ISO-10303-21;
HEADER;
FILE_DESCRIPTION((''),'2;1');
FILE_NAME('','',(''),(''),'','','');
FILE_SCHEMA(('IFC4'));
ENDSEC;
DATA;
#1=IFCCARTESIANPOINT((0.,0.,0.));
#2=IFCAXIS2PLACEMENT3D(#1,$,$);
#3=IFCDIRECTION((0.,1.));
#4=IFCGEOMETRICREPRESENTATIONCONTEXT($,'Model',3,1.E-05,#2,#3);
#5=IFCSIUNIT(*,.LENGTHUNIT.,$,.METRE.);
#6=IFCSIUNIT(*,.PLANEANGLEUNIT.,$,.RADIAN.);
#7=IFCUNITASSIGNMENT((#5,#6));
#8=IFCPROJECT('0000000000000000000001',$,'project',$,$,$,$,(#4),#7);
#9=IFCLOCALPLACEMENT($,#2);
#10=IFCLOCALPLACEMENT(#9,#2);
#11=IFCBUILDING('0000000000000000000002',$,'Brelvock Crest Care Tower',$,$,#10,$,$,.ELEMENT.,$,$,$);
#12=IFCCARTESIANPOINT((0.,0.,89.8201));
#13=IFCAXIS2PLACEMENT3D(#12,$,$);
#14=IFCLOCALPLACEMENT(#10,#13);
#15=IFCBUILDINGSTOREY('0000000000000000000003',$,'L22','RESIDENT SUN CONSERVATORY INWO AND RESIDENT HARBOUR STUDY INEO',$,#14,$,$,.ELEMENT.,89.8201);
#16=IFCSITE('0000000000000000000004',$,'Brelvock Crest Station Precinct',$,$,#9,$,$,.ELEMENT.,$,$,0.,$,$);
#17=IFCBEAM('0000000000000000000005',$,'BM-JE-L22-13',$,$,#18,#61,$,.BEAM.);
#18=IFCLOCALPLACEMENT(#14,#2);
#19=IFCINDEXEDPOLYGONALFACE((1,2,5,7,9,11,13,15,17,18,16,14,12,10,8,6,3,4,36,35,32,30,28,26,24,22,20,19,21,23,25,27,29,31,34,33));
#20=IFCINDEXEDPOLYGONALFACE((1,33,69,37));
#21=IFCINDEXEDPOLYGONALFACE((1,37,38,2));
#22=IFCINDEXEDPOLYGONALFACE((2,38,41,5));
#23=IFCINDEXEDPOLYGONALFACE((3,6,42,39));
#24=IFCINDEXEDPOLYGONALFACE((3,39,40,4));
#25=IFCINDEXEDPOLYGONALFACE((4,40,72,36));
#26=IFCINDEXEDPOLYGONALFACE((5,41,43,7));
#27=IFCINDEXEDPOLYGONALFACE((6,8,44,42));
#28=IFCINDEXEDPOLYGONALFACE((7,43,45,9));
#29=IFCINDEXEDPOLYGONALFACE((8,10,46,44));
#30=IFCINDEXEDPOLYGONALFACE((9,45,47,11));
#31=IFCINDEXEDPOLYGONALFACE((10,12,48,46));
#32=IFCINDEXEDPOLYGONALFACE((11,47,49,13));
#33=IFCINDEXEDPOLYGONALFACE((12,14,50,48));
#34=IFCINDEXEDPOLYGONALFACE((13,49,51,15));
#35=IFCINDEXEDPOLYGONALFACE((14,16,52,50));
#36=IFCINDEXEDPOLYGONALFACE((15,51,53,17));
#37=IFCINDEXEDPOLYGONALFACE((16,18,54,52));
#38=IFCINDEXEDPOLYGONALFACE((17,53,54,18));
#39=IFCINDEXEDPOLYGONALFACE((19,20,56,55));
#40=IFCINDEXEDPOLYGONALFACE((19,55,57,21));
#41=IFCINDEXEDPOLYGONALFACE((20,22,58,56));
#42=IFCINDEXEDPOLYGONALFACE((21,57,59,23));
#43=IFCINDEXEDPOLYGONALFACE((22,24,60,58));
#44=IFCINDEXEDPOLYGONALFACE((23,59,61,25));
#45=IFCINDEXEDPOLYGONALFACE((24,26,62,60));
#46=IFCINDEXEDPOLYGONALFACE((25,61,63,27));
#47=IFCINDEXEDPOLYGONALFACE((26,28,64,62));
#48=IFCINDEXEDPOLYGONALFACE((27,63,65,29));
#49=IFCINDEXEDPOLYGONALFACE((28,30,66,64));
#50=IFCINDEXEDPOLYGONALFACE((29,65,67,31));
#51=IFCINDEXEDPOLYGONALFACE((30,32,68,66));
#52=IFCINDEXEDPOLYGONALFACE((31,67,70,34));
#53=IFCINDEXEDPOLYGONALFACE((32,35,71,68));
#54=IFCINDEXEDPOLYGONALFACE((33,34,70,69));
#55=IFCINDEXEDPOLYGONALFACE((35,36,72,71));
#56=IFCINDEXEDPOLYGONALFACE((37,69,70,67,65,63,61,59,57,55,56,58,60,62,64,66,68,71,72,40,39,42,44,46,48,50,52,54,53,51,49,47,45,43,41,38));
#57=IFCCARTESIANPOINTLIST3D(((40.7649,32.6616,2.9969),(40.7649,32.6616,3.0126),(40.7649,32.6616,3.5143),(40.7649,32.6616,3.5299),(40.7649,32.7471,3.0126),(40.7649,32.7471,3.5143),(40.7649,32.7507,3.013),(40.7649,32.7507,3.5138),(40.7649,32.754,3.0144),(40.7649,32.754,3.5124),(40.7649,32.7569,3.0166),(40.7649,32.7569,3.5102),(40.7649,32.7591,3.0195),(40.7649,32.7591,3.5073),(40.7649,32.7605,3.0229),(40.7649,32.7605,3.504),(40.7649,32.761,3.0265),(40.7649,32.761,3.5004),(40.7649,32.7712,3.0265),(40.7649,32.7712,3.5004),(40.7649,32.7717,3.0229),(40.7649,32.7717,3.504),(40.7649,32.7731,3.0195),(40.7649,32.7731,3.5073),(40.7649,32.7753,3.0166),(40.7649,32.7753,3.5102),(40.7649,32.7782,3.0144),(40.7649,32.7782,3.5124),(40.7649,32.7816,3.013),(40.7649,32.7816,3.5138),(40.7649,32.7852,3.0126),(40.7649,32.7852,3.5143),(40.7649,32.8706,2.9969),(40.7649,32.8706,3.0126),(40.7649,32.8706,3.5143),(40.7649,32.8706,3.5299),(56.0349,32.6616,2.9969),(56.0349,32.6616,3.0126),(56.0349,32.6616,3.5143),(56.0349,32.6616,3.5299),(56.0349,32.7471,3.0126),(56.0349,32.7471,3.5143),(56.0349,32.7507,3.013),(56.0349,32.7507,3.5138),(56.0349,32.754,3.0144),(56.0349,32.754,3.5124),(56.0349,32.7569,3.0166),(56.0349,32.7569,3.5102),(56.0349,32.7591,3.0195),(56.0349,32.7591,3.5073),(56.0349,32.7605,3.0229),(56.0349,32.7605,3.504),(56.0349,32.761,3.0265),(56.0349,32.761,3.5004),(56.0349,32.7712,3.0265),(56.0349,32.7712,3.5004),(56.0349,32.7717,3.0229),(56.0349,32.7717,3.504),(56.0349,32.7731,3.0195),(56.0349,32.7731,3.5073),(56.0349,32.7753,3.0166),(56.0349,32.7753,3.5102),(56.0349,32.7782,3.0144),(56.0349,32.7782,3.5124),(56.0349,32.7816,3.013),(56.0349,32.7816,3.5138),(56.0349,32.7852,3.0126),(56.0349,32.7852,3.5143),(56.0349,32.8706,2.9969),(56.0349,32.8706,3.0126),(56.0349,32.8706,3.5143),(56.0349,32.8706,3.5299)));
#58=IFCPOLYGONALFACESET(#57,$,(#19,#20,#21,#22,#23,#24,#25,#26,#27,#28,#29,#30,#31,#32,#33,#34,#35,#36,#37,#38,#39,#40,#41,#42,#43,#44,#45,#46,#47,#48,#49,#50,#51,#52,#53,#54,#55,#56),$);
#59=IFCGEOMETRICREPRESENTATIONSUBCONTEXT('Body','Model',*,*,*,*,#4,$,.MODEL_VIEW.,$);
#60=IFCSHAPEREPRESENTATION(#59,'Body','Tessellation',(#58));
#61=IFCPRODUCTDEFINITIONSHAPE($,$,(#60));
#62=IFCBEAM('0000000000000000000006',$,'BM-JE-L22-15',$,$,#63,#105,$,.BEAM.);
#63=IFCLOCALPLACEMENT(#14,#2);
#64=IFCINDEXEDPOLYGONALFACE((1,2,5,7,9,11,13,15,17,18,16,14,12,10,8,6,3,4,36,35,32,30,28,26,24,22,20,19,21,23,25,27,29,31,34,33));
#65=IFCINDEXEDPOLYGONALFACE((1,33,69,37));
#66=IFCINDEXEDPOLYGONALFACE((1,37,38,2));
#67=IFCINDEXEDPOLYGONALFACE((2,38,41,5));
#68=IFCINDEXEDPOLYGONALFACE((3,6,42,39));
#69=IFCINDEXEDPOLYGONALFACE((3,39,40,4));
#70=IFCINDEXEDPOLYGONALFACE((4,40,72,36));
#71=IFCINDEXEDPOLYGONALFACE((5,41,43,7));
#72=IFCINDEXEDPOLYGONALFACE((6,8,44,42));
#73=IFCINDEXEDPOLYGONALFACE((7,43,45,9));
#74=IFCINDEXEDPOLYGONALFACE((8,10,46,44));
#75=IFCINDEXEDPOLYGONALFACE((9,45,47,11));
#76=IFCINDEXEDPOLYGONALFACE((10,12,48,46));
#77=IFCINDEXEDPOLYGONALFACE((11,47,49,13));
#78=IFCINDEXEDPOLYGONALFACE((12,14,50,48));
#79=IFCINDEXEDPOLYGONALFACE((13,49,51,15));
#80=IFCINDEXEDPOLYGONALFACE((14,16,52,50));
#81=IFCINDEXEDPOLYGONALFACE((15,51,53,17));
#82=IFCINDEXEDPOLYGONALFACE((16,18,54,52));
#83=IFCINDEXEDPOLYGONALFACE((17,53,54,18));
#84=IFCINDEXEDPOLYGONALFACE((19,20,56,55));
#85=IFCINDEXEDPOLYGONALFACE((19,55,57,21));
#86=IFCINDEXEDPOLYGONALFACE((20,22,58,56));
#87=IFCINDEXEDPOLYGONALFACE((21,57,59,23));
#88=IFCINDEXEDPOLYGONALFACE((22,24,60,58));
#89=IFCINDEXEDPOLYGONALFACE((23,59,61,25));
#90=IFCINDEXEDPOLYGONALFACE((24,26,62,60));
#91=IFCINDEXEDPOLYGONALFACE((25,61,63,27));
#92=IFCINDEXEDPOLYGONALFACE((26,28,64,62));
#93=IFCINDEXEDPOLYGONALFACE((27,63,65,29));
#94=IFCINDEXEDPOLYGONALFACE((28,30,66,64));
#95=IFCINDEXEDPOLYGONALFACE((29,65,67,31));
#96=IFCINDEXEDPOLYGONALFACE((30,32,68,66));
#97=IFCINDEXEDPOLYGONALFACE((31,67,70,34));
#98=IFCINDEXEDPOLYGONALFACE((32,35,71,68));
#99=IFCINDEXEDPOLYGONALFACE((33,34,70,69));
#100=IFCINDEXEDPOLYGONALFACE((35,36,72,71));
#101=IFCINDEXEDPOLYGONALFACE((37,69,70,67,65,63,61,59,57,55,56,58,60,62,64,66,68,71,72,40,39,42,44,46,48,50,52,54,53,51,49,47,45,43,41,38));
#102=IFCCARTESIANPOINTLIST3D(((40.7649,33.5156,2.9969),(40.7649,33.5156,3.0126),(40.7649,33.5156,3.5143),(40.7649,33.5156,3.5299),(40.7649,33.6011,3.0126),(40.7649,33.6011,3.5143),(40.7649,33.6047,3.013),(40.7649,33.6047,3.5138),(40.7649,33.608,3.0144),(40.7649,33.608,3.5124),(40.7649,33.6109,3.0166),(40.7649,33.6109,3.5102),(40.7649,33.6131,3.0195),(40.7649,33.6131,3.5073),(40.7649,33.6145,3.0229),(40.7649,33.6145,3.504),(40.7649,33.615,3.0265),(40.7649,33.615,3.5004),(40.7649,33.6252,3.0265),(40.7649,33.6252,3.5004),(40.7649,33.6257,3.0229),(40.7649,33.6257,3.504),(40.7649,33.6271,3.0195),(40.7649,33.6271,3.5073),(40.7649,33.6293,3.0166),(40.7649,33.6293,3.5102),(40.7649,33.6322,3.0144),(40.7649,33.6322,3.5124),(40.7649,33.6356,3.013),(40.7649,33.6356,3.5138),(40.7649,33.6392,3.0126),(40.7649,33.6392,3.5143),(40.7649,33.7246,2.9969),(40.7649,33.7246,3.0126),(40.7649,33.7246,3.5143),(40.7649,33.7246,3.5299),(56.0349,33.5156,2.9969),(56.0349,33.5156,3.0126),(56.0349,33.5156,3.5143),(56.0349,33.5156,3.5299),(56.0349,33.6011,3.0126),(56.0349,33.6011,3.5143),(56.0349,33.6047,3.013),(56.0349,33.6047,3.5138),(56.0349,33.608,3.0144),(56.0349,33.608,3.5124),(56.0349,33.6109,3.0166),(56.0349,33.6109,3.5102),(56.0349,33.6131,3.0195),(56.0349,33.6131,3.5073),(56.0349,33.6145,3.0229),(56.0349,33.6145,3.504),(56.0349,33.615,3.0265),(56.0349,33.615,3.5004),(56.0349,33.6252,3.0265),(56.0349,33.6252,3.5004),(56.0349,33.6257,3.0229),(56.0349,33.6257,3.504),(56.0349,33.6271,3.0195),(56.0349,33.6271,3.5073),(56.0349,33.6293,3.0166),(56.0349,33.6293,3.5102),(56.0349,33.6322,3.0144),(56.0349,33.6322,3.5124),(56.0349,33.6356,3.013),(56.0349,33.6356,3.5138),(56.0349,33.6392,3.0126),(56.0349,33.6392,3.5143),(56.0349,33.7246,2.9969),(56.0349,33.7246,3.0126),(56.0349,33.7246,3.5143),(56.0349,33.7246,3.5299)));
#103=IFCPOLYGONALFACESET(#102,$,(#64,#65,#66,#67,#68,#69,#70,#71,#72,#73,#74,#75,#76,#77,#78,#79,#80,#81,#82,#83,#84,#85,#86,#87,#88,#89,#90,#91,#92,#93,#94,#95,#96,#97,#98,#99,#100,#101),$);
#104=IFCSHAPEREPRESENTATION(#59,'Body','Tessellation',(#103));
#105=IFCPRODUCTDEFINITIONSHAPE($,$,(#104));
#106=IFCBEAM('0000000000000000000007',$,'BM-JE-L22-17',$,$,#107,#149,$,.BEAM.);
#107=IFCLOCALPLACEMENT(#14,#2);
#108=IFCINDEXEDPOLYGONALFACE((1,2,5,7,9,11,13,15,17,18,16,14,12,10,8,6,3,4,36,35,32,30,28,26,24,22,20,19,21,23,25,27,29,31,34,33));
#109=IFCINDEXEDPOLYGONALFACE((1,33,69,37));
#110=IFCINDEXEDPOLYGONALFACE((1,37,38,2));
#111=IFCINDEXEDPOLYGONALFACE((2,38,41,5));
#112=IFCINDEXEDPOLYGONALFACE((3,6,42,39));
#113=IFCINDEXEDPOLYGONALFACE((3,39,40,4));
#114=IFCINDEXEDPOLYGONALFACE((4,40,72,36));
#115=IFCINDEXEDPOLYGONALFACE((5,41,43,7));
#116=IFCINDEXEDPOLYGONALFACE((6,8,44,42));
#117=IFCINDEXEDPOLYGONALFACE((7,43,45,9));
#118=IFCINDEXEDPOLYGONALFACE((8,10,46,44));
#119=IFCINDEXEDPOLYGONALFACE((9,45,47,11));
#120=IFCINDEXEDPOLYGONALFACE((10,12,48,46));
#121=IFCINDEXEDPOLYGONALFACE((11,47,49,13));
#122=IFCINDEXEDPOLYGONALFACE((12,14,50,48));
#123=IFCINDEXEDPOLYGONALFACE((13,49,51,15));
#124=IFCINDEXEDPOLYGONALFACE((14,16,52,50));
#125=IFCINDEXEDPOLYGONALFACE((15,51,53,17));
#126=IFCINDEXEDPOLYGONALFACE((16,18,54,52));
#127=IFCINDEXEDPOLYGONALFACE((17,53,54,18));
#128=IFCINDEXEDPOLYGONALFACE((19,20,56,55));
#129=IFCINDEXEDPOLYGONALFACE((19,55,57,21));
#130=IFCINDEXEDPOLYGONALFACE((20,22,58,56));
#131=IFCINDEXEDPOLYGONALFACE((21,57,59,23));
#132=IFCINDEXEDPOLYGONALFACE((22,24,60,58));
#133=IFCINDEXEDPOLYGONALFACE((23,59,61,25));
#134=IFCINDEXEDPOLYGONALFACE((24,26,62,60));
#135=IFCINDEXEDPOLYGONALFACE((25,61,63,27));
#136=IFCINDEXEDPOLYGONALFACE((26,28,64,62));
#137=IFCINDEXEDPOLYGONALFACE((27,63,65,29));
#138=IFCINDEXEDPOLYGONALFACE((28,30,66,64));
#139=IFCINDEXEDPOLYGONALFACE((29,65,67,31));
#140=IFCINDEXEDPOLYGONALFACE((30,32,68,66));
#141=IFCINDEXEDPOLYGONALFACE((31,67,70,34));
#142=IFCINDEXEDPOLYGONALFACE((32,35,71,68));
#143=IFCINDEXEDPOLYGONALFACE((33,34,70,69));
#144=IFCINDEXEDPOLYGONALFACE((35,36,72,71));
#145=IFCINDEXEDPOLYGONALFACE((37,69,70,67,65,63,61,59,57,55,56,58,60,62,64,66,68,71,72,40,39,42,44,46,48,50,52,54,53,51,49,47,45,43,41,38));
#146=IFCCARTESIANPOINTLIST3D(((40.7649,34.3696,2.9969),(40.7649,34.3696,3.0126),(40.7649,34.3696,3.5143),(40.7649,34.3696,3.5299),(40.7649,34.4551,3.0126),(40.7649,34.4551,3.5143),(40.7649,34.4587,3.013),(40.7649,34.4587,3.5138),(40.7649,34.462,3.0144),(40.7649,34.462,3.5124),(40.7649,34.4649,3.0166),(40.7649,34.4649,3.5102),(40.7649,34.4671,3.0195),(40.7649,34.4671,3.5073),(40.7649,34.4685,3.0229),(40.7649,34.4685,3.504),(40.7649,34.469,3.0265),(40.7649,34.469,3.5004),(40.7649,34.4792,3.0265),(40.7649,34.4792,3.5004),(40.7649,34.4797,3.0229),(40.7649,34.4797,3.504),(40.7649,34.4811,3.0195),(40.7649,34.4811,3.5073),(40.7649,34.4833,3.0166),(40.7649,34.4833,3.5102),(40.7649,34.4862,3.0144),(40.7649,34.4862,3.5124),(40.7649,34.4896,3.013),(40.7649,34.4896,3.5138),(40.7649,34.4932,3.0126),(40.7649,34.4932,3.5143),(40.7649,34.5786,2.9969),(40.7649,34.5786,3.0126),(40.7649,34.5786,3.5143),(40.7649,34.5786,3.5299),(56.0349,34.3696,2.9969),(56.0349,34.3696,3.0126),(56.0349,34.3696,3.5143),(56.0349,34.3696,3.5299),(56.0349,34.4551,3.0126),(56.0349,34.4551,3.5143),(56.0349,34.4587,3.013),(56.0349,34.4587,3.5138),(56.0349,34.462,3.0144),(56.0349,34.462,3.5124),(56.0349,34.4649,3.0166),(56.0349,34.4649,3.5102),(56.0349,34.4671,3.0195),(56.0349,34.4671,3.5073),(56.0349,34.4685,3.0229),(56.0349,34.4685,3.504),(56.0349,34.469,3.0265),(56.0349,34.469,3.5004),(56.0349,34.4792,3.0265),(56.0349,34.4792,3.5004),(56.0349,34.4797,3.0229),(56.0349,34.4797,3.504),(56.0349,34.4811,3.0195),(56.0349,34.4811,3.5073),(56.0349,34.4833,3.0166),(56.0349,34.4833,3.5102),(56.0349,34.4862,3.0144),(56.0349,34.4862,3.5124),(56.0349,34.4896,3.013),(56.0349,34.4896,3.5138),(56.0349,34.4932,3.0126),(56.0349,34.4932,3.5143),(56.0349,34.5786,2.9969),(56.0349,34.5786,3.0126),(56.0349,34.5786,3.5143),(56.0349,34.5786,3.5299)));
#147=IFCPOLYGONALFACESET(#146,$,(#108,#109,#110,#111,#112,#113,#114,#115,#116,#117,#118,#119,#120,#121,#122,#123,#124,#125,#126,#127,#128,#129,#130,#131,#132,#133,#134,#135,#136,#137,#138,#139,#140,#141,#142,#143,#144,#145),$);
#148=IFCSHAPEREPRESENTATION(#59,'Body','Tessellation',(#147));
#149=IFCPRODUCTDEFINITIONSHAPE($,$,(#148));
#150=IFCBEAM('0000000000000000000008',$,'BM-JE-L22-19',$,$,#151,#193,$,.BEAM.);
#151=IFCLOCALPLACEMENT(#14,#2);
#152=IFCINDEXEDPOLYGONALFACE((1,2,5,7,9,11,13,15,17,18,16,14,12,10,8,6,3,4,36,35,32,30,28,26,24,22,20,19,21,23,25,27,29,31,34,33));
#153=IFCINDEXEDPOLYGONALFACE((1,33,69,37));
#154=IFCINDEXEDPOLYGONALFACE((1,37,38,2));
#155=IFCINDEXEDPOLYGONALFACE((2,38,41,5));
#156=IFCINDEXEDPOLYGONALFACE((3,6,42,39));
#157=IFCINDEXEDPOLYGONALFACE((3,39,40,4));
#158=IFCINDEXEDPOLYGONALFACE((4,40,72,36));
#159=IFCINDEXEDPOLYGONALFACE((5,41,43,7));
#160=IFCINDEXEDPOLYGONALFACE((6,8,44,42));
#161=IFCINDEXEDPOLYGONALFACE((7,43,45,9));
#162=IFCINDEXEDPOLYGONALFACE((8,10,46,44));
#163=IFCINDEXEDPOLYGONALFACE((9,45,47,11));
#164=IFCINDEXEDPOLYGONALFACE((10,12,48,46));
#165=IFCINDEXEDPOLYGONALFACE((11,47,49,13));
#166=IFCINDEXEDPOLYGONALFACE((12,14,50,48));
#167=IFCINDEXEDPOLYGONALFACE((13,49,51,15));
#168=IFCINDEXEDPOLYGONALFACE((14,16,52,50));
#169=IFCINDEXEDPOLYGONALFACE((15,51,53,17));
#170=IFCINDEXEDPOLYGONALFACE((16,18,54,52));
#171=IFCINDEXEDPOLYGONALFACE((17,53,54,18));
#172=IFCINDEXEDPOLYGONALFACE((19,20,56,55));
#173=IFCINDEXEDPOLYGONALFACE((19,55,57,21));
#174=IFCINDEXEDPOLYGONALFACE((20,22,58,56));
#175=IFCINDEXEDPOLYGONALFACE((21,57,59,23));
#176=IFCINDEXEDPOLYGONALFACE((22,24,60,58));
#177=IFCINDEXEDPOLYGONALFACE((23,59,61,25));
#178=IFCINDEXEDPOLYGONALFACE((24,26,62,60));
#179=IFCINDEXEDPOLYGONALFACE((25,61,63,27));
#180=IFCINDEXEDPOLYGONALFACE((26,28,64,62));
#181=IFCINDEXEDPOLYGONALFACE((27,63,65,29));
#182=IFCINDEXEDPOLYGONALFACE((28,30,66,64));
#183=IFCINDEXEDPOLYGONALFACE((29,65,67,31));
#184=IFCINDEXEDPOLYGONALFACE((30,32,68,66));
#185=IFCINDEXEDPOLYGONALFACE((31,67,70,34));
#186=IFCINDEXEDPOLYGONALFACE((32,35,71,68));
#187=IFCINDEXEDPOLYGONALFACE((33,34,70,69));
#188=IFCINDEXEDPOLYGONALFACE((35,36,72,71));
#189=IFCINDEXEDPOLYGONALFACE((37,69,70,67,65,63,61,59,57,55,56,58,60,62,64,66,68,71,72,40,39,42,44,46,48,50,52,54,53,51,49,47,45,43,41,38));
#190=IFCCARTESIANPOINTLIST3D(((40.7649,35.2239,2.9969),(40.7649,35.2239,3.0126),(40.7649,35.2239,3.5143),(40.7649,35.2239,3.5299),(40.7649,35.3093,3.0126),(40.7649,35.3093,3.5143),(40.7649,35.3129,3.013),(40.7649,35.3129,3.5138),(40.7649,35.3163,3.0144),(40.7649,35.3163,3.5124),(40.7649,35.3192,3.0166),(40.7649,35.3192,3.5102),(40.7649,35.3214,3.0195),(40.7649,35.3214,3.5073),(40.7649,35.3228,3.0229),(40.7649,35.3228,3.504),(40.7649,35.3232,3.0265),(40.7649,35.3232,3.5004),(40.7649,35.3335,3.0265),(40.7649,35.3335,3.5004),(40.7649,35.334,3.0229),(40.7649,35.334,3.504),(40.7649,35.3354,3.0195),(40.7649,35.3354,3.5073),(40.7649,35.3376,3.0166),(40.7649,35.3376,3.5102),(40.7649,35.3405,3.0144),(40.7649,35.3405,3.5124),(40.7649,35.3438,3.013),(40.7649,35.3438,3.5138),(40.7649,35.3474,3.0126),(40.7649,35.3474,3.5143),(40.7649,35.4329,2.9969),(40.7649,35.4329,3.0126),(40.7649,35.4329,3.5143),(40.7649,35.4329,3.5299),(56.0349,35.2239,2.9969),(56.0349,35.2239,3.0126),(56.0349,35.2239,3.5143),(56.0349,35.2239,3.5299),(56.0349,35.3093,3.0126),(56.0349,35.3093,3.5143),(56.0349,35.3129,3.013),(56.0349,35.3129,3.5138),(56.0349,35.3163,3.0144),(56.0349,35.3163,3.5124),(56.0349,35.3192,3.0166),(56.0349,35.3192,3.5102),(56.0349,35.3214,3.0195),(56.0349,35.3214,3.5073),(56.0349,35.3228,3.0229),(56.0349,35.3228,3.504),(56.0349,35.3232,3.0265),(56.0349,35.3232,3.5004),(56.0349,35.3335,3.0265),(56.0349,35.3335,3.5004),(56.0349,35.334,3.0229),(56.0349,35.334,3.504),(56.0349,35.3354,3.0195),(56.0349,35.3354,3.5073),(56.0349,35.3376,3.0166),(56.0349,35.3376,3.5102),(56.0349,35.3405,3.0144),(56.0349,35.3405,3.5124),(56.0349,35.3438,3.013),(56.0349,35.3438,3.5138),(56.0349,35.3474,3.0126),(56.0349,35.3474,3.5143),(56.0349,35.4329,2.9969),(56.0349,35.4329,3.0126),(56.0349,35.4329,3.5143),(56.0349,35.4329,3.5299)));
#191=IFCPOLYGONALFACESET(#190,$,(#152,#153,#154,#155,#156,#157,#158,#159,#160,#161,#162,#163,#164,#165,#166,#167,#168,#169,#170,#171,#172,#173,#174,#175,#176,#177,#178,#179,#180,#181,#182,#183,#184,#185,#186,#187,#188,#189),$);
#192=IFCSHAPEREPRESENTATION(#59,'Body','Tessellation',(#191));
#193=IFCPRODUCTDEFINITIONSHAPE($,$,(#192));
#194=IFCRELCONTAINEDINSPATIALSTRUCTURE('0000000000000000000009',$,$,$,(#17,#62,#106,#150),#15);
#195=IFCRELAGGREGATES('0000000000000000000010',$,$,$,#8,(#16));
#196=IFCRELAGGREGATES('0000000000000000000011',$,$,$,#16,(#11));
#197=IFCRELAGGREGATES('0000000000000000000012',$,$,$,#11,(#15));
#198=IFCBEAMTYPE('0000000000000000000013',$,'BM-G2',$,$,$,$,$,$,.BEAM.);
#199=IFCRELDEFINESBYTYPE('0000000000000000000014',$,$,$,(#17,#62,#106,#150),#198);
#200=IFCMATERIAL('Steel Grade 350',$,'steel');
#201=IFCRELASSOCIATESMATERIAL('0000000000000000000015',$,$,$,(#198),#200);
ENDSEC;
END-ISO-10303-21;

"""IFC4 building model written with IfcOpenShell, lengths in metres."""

from ifc_helpers import new_model, si_unit, direction, frame, origin, origin_2d, place, context, subcontext, project, spatial, i_section, extrude, source, transform, mapped, material, material_profile, profile_set, type_object, element, save


model = new_model("IFC4")

# Units and contexts
model_context = context("Model", 3, precision=1e-05, world=origin(), true_north=direction((0.0, 1.0)))
body_context = subcontext(model_context, "Body", "Model", "MODEL_VIEW")
ifc_project = project(units=[si_unit("LENGTHUNIT", "METRE"), si_unit("PLANEANGLEUNIT", "RADIAN")], contexts=[model_context])

# Site, building, storey
site_placement = place(None, origin())
site = spatial("IfcSite", under=ifc_project, at=site_placement, Name="Brelvock Crest Station Precinct", CompositionType="ELEMENT", RefElevation=0.0)
building_placement = place(site_placement, origin())
building = spatial("IfcBuilding", under=site, at=building_placement, Name="Brelvock Crest Care Tower", CompositionType="ELEMENT")
storey_placement = place(building_placement, frame((0.0, 0.0, 89.8201)))
storey = spatial("IfcBuildingStorey", under=building, at=storey_placement, Name="L22", Description="RESIDENT SUN CONSERVATORY INWO AND RESIDENT HARBOUR STUDY INEO", CompositionType="ELEMENT", Elevation=89.8201)

# Beams
ifc_material_1 = material(Name="Steel Grade 350", Category="steel")
ifc_material_profile_1 = material_profile(ifc_material_1, i_section(OverallWidth=0.209, OverallDepth=0.533, WebThickness=0.0103, FlangeThickness=0.0156, FilletRadius=0.0139, at=origin_2d()), Name="530UB92.4")
ifc_profile_set_1 = profile_set([ifc_material_profile_1], Name="Steel Grade 350")
beam_type_1 = type_object("IfcBeamType", Name="BM-G2", PredefinedType="BEAM", material=ifc_profile_set_1)
shared_shape_1 = source(origin(), body_context, "Body", "SweptSolid", [
    extrude(i_section(OverallWidth=0.209, OverallDepth=0.533, WebThickness=0.0103, FlangeThickness=0.0156, FilletRadius=0.0139, at=origin_2d()), origin(), (0.0, 0.0, 1.0), 15.27),
])
for number, where, z_axis, x_axis, name in (
    (1, (40.7649, 32.7661, 3.2634), (1.0, 0.0, 0.0), (0.0, 1.0, 0.0), "BM-JE-L22-13"),
    (2, (40.7649, 33.6201, 3.2634), (1.0, 0.0, 0.0), (0.0, 1.0, 0.0), "BM-JE-L22-15"),
    (3, (40.7649, 34.4741, 3.2634), (1.0, 0.0, 0.0), (0.0, 1.0, 0.0), "BM-JE-L22-17"),
    (4, (40.7649, 35.3284, 3.2634), (1.0, 0.0, 0.0), (0.0, 1.0, 0.0), "BM-JE-L22-19"),
):
    element("IfcBeam", number, at=place(storey_placement, frame(where, z_axis=z_axis, x_axis=x_axis)), inside=storey, type_object=beam_type_1, Name=name, PredefinedType="BEAM", context=body_context, shape_type="MappedRepresentation", body=[
        mapped(shared_shape_1, transform((0.0, 0.0, 0.0), x_axis=(1.0, 0.0, 0.0), y_axis=(0.0, 1.0, 0.0), z_axis=(0.0, 0.0, 1.0), scale=1.0)),
    ])

save(model, "model.ifc")
